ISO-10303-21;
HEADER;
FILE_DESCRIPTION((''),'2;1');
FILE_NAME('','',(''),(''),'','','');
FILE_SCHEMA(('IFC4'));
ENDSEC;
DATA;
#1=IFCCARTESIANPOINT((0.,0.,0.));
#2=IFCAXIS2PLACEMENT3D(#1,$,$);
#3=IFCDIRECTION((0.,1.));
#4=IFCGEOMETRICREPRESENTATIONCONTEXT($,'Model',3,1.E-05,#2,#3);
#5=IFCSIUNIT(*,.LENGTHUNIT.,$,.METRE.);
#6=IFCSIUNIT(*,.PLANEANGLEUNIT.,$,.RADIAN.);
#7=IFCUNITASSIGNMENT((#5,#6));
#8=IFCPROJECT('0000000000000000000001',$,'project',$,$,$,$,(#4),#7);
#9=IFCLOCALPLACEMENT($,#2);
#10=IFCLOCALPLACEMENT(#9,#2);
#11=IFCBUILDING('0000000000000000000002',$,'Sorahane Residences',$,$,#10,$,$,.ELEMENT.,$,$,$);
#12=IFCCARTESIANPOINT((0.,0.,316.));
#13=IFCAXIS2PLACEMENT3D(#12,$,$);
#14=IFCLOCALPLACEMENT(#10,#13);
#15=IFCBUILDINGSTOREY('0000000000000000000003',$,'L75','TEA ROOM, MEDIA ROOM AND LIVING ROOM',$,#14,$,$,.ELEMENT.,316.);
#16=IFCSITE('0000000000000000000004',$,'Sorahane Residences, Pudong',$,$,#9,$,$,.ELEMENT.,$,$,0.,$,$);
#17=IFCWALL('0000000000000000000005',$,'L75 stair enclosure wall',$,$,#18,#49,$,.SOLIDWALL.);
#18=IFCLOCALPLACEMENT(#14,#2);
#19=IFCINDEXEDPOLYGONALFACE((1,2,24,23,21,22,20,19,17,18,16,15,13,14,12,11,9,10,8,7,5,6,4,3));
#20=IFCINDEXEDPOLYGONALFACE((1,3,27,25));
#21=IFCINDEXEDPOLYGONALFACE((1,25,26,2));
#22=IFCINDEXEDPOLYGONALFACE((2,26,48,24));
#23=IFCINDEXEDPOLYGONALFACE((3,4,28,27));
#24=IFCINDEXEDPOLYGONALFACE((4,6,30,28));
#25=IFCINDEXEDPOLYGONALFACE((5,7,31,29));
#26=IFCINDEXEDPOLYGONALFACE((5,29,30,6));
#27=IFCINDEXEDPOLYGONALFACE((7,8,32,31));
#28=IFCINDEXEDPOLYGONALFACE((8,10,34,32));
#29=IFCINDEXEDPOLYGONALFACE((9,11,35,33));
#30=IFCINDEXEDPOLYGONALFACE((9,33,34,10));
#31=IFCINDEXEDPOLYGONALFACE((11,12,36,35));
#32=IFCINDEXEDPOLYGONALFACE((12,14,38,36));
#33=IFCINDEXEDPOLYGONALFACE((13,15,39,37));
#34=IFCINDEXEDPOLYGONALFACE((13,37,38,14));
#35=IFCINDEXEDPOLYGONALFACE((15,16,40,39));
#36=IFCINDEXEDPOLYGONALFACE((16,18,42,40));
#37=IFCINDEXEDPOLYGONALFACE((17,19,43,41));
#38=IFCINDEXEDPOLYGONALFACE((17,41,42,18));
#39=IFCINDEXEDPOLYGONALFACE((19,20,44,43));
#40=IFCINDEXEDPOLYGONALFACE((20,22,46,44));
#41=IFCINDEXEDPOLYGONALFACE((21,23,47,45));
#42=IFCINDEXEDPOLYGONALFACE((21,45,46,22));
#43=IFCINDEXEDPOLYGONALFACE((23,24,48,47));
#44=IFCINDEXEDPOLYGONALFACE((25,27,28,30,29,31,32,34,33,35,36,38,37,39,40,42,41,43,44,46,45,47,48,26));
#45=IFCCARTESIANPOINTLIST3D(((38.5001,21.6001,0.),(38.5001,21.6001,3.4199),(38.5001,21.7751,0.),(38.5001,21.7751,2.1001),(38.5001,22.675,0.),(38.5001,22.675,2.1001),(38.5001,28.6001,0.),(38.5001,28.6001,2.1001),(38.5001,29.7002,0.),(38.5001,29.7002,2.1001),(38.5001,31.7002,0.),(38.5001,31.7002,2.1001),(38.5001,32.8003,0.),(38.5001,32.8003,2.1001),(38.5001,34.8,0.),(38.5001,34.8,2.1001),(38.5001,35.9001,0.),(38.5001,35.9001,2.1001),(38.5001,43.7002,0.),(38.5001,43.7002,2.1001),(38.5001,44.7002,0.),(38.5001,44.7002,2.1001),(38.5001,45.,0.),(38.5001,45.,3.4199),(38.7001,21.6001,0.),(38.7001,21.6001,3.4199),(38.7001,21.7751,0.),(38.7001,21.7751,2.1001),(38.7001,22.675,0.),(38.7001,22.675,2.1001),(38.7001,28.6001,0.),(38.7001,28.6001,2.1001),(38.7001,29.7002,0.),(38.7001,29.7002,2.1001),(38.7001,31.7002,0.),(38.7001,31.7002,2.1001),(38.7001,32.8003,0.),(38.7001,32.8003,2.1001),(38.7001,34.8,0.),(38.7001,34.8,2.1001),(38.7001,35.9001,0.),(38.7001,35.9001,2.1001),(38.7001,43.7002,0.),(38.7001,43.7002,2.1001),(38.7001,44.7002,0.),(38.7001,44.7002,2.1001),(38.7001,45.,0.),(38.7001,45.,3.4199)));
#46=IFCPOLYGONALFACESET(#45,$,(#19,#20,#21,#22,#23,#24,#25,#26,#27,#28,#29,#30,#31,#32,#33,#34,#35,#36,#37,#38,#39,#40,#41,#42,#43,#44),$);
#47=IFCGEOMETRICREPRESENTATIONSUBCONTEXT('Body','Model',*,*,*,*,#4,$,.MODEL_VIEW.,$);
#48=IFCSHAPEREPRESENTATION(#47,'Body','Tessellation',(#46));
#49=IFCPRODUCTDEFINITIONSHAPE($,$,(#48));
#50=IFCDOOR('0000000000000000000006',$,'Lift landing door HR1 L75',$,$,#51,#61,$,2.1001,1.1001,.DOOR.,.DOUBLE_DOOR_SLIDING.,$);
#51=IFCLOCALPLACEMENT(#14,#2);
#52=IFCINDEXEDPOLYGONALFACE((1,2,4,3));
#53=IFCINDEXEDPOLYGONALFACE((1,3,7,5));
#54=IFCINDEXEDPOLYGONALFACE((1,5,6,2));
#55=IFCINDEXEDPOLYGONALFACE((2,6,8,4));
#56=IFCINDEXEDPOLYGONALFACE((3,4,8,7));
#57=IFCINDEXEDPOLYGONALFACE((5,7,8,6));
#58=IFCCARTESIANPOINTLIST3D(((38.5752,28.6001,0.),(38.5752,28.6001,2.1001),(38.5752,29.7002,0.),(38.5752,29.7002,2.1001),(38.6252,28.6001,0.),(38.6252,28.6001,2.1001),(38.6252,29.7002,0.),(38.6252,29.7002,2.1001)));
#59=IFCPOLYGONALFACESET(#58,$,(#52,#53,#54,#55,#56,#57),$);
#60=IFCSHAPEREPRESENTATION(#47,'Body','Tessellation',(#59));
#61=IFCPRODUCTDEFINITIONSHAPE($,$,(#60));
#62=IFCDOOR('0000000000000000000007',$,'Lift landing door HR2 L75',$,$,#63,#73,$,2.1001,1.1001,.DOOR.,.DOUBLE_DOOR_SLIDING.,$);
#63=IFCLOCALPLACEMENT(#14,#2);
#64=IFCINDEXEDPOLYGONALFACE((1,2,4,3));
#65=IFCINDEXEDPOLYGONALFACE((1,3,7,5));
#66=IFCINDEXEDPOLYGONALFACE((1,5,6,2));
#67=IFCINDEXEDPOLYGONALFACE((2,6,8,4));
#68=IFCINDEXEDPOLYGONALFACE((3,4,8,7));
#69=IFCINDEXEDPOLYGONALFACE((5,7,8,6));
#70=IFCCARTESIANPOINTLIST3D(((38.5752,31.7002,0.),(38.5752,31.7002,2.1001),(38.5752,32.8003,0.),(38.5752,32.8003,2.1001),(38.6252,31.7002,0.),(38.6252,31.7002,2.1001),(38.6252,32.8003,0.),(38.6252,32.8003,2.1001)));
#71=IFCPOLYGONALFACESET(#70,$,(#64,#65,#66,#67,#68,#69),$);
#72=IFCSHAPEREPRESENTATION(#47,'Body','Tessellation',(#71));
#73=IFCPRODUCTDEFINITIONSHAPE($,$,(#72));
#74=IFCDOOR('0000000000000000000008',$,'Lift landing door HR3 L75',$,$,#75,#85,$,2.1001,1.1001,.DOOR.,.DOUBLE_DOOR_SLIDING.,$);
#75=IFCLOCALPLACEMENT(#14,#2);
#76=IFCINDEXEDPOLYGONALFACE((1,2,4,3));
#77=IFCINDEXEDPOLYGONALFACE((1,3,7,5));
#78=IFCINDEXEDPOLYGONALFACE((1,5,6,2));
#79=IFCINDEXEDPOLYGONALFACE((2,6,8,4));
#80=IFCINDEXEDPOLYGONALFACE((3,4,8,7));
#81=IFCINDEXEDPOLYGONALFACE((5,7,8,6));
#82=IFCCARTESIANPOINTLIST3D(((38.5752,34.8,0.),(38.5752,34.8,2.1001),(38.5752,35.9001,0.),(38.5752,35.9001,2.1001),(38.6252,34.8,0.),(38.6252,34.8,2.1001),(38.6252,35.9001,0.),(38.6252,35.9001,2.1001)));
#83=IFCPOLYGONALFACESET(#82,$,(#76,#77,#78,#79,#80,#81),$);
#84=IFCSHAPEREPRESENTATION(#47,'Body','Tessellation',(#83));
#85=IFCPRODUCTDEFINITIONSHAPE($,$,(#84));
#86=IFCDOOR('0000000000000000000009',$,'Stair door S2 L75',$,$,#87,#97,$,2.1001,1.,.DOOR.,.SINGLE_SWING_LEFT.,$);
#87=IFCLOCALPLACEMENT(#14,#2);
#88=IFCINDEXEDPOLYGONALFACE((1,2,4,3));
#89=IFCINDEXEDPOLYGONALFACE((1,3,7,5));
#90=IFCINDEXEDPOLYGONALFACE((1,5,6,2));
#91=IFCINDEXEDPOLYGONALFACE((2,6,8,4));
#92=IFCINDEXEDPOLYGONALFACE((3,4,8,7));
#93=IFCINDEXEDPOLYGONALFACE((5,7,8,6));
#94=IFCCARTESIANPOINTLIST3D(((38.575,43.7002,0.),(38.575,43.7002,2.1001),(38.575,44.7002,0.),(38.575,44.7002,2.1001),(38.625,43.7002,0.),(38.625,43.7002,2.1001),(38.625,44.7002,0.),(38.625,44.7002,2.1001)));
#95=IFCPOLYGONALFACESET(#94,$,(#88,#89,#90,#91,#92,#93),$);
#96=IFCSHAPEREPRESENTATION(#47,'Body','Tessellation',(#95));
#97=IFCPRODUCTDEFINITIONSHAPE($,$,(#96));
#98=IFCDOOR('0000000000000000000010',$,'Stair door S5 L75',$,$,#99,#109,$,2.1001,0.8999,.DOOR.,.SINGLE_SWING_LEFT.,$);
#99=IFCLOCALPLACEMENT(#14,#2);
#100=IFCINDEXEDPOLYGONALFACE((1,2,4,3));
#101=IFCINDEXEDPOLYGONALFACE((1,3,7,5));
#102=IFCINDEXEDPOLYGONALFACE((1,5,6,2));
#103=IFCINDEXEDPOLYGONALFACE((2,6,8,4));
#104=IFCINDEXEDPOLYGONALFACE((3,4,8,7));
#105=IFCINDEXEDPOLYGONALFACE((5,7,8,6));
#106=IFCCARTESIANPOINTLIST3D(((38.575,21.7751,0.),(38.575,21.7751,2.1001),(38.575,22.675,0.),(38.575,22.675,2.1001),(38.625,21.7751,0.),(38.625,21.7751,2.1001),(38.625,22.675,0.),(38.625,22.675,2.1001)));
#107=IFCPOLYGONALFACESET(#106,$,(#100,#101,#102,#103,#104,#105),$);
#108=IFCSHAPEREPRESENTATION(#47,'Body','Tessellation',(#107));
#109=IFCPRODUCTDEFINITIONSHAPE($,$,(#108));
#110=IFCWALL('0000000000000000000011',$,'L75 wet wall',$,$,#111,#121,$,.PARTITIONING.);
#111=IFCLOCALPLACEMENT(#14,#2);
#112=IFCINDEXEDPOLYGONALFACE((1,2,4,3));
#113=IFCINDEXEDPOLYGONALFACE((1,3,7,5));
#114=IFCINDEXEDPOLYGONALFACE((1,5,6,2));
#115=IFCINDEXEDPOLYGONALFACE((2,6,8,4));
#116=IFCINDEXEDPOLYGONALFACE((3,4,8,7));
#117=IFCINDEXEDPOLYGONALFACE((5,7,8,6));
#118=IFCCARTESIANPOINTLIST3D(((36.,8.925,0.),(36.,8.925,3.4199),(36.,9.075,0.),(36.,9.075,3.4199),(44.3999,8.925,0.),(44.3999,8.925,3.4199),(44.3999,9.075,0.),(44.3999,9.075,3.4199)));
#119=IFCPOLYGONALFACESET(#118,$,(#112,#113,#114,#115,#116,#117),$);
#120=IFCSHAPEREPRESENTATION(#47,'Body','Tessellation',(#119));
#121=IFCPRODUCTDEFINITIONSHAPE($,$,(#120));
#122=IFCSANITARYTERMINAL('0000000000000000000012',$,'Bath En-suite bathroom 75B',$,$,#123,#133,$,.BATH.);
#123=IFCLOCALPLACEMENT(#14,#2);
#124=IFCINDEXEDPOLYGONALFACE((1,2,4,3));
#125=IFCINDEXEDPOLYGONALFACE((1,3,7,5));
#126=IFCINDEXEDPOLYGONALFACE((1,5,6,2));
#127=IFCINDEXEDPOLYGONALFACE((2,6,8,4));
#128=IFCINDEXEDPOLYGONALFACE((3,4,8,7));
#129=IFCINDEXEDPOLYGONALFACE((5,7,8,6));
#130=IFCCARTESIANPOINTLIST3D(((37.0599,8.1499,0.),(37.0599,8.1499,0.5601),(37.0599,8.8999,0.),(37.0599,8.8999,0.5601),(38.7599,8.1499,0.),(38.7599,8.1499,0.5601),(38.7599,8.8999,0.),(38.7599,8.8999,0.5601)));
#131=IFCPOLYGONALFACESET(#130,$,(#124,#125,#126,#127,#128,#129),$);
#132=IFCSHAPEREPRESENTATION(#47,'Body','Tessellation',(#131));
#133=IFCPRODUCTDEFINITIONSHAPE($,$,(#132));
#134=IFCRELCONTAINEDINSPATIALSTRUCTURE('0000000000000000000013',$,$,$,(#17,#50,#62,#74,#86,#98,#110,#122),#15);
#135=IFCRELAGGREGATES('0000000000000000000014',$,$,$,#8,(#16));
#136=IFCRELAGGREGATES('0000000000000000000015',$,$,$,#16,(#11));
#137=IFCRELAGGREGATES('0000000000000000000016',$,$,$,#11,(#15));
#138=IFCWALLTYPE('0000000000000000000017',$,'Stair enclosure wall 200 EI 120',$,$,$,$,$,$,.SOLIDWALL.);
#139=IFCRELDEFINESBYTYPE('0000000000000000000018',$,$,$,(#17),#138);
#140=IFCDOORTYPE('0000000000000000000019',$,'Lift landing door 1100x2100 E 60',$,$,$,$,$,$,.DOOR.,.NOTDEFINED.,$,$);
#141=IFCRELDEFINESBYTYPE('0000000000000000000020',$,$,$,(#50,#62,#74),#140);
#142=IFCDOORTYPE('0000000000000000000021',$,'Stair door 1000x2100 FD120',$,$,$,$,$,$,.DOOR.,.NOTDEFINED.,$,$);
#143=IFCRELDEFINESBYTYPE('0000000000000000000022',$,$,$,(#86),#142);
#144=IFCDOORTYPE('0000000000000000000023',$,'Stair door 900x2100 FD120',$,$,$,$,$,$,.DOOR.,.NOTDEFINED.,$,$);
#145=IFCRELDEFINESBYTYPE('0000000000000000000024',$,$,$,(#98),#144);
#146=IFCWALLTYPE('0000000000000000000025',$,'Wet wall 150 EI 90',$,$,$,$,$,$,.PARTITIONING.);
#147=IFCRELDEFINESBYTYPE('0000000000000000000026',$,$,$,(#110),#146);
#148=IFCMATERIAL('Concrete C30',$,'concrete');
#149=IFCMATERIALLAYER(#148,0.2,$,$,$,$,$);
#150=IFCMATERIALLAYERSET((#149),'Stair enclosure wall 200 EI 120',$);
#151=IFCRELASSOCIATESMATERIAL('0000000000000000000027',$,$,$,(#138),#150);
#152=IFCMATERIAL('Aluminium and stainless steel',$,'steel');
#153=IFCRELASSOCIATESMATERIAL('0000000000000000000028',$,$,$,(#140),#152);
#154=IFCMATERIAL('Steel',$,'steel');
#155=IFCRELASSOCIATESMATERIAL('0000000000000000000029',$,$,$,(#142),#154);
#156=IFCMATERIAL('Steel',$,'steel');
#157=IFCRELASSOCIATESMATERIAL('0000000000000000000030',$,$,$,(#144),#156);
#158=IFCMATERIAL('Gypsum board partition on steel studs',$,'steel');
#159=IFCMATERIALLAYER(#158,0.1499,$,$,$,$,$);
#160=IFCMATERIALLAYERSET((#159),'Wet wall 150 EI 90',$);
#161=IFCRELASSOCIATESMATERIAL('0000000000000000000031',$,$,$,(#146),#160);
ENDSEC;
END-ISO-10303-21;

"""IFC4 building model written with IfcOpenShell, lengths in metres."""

from ifc_helpers import new_model, si_unit, direction, frame, frame_2d, origin, origin_2d, place, context, subcontext, project, spatial, rectangle, extrude, material, layer, layer_set, type_object, element, fill, save


model = new_model("IFC4")

# Units and contexts
model_context = context("Model", 3, precision=1e-05, world=origin(), true_north=direction((0.0, 1.0)))
body_context = subcontext(model_context, "Body", "Model", "MODEL_VIEW")
ifc_project = project(units=[si_unit("LENGTHUNIT", "METRE"), si_unit("PLANEANGLEUNIT", "RADIAN")], contexts=[model_context])

# Site, building, storey
site_placement = place(None, origin())
site = spatial("IfcSite", under=ifc_project, at=site_placement, Name="Sorahane Residences, Pudong", CompositionType="ELEMENT", RefElevation=0.0)
building_placement = place(site_placement, origin())
building = spatial("IfcBuilding", under=site, at=building_placement, Name="Sorahane Residences", CompositionType="ELEMENT")
storey_placement = place(building_placement, frame((0.0, 0.0, 316.0)))
storey = spatial("IfcBuildingStorey", under=building, at=storey_placement, Name="L75", Description="TEA ROOM, MEDIA ROOM AND LIVING ROOM", CompositionType="ELEMENT", Elevation=316.0)

# Wall, openings, doors
ifc_material_1 = material(Name="Concrete C30", Category="concrete")
ifc_layer_1 = layer(ifc_material_1, 0.2)
ifc_layer_set_1 = layer_set([ifc_layer_1], Name="Stair enclosure wall 200 EI 120")
wall_type_1 = type_object("IfcWallType", Name="Stair enclosure wall 200 EI 120", PredefinedType="SOLIDWALL", material=ifc_layer_set_1)
wall_1_placement = place(storey_placement, frame((38.6001, 21.6001, 0.0), z_axis=(0.0, 0.0, 1.0), x_axis=(0.0, 1.0, 0.0)))
wall_1 = element("IfcWall", 1, at=wall_1_placement, inside=storey, type_object=wall_type_1, Name="L75 stair enclosure wall", PredefinedType="SOLIDWALL", context=body_context, shape_type="SweptSolid", body=[
    extrude(rectangle(XDim=23.3999, YDim=0.2, at=frame_2d((11.7, 0.0))), origin(), (0.0, 0.0, 1.0), 3.4199),
])
opening_1_placement = place(wall_1_placement, frame((7.0, 0.0, 0.0)))
opening_1 = element("IfcOpeningElement", 2, at=opening_1_placement, cuts=wall_1, PredefinedType="OPENING", context=body_context, shape_type="SweptSolid", body=[
    extrude(rectangle(XDim=1.1001, YDim=2.1001, at=frame_2d((0.55, 1.05))), frame((0.0, 0.1099, 0.0), z_axis=(0.0, -1.0, 0.0), x_axis=(1.0, 0.0, 0.0)), (0.0, 0.0, 1.0), 0.22),
])
opening_2_placement = place(wall_1_placement, frame((10.1001, 0.0, 0.0)))
opening_2 = element("IfcOpeningElement", 3, at=opening_2_placement, cuts=wall_1, PredefinedType="OPENING", context=body_context, shape_type="SweptSolid", body=[
    extrude(rectangle(XDim=1.1001, YDim=2.1001, at=frame_2d((0.55, 1.05))), frame((0.0, 0.1099, 0.0), z_axis=(0.0, -1.0, 0.0), x_axis=(1.0, 0.0, 0.0)), (0.0, 0.0, 1.0), 0.22),
])
opening_3_placement = place(wall_1_placement, frame((13.2, 0.0, 0.0)))
opening_3 = element("IfcOpeningElement", 4, at=opening_3_placement, cuts=wall_1, PredefinedType="OPENING", context=body_context, shape_type="SweptSolid", body=[
    extrude(rectangle(XDim=1.1001, YDim=2.1001, at=frame_2d((0.55, 1.05))), frame((0.0, 0.1099, 0.0), z_axis=(0.0, -1.0, 0.0), x_axis=(1.0, 0.0, 0.0)), (0.0, 0.0, 1.0), 0.22),
])
opening_4_placement = place(wall_1_placement, frame((22.1001, 0.0, 0.0)))
opening_4 = element("IfcOpeningElement", 5, at=opening_4_placement, cuts=wall_1, PredefinedType="OPENING", context=body_context, shape_type="SweptSolid", body=[
    extrude(rectangle(XDim=1.0, YDim=2.1001, at=frame_2d((0.5, 1.05))), frame((0.0, 0.1099, 0.0), z_axis=(0.0, -1.0, 0.0), x_axis=(1.0, 0.0, 0.0)), (0.0, 0.0, 1.0), 0.22),
])
opening_5_placement = place(wall_1_placement, frame((0.175, 0.0, 0.0)))
opening_5 = element("IfcOpeningElement", 6, at=opening_5_placement, cuts=wall_1, PredefinedType="OPENING", context=body_context, shape_type="SweptSolid", body=[
    extrude(rectangle(XDim=0.8999, YDim=2.1001, at=frame_2d((0.45, 1.05))), frame((0.0, 0.1099, 0.0), z_axis=(0.0, -1.0, 0.0), x_axis=(1.0, 0.0, 0.0)), (0.0, 0.0, 1.0), 0.22),
])
ifc_material_2 = material(Name="Aluminium and stainless steel", Category="steel")
door_type_1 = type_object("IfcDoorType", Name="Lift landing door 1100x2100 E 60", OperationType="NOTDEFINED", PredefinedType="DOOR", material=ifc_material_2)
door_1_placement = place(opening_1_placement, origin())
door_1 = element("IfcDoor", 7, at=door_1_placement, inside=storey, type_object=door_type_1, Name="Lift landing door HR1 L75", OperationType="DOUBLE_DOOR_SLIDING", OverallHeight=2.1001, OverallWidth=1.1001, PredefinedType="DOOR", context=body_context, shape_type="SweptSolid", body=[
    extrude(rectangle(XDim=1.1001, YDim=2.1001, at=frame_2d((0.55, 1.05))), frame((0.0, 0.0249, 0.0), z_axis=(0.0, -1.0, 0.0), x_axis=(1.0, 0.0, 0.0)), (0.0, 0.0, 1.0), 0.05),
])
fill(opening_1, door_1)
door_2_placement = place(opening_2_placement, origin())
door_2 = element("IfcDoor", 8, at=door_2_placement, inside=storey, type_object=door_type_1, Name="Lift landing door HR2 L75", OperationType="DOUBLE_DOOR_SLIDING", OverallHeight=2.1001, OverallWidth=1.1001, PredefinedType="DOOR", context=body_context, shape_type="SweptSolid", body=[
    extrude(rectangle(XDim=1.1001, YDim=2.1001, at=frame_2d((0.55, 1.05))), frame((0.0, 0.0249, 0.0), z_axis=(0.0, -1.0, 0.0), x_axis=(1.0, 0.0, 0.0)), (0.0, 0.0, 1.0), 0.05),
])
fill(opening_2, door_2)
door_3_placement = place(opening_3_placement, origin())
door_3 = element("IfcDoor", 9, at=door_3_placement, inside=storey, type_object=door_type_1, Name="Lift landing door HR3 L75", OperationType="DOUBLE_DOOR_SLIDING", OverallHeight=2.1001, OverallWidth=1.1001, PredefinedType="DOOR", context=body_context, shape_type="SweptSolid", body=[
    extrude(rectangle(XDim=1.1001, YDim=2.1001, at=frame_2d((0.55, 1.05))), frame((0.0, 0.0249, 0.0), z_axis=(0.0, -1.0, 0.0), x_axis=(1.0, 0.0, 0.0)), (0.0, 0.0, 1.0), 0.05),
])
fill(opening_3, door_3)
ifc_material_3 = material(Name="Steel", Category="steel")
door_type_2 = type_object("IfcDoorType", Name="Stair door 1000x2100 FD120", OperationType="NOTDEFINED", PredefinedType="DOOR", material=ifc_material_3)
door_4_placement = place(opening_4_placement, frame((1.0, 0.0, 0.0), z_axis=(0.0, 0.0, 1.0), x_axis=(-1.0, 0.0, 0.0)))
door_4 = element("IfcDoor", 10, at=door_4_placement, inside=storey, type_object=door_type_2, Name="Stair door S2 L75", OperationType="SINGLE_SWING_LEFT", OverallHeight=2.1001, OverallWidth=1.0, PredefinedType="DOOR", context=body_context, shape_type="SweptSolid", body=[
    extrude(rectangle(XDim=1.0, YDim=2.1001, at=frame_2d((0.5, 1.05))), frame((0.0, 0.0249, 0.0), z_axis=(0.0, -1.0, 0.0), x_axis=(1.0, 0.0, 0.0)), (0.0, 0.0, 1.0), 0.05),
])
fill(opening_4, door_4)
ifc_material_4 = material(Name="Steel", Category="steel")
door_type_3 = type_object("IfcDoorType", Name="Stair door 900x2100 FD120", OperationType="NOTDEFINED", PredefinedType="DOOR", material=ifc_material_4)
door_5_placement = place(opening_5_placement, frame((0.8999, 0.0, 0.0), z_axis=(0.0, 0.0, 1.0), x_axis=(-1.0, 0.0, 0.0)))
door_5 = element("IfcDoor", 11, at=door_5_placement, inside=storey, type_object=door_type_3, Name="Stair door S5 L75", OperationType="SINGLE_SWING_LEFT", OverallHeight=2.1001, OverallWidth=0.8999, PredefinedType="DOOR", context=body_context, shape_type="SweptSolid", body=[
    extrude(rectangle(XDim=0.8999, YDim=2.1001, at=frame_2d((0.45, 1.05))), frame((0.0, 0.0249, 0.0), z_axis=(0.0, -1.0, 0.0), x_axis=(1.0, 0.0, 0.0)), (0.0, 0.0, 1.0), 0.05),
])
fill(opening_5, door_5)

# Wall
ifc_material_5 = material(Name="Gypsum board partition on steel studs", Category="steel")
ifc_layer_2 = layer(ifc_material_5, 0.1499)
ifc_layer_set_2 = layer_set([ifc_layer_2], Name="Wet wall 150 EI 90")
wall_type_2 = type_object("IfcWallType", Name="Wet wall 150 EI 90", PredefinedType="PARTITIONING", material=ifc_layer_set_2)
wall_2_placement = place(storey_placement, frame((36.0, 9.0, 0.0), z_axis=(0.0, 0.0, 1.0), x_axis=(1.0, 0.0, 0.0)))
element("IfcWall", 12, at=wall_2_placement, inside=storey, type_object=wall_type_2, Name="L75 wet wall", PredefinedType="PARTITIONING", context=body_context, shape_type="SweptSolid", body=[
    extrude(rectangle(XDim=8.3999, YDim=0.1499, at=frame_2d((4.2, 0.0))), origin(), (0.0, 0.0, 1.0), 3.4199),
])

# Sanitary terminal
sanitary_terminal_placement = place(storey_placement, frame((37.9099, 8.5249, 0.0), z_axis=(0.0, 0.0, 1.0), x_axis=(1.0, 0.0, 0.0)))
element("IfcSanitaryTerminal", 13, at=sanitary_terminal_placement, inside=storey, Name="Bath En-suite bathroom 75B", PredefinedType="BATH", context=body_context, shape_type="SweptSolid", body=[
    extrude(rectangle(XDim=1.7, YDim=0.75, at=origin_2d()), origin(), (0.0, 0.0, 1.0), 0.5601),
])

save(model, "model.ifc")
